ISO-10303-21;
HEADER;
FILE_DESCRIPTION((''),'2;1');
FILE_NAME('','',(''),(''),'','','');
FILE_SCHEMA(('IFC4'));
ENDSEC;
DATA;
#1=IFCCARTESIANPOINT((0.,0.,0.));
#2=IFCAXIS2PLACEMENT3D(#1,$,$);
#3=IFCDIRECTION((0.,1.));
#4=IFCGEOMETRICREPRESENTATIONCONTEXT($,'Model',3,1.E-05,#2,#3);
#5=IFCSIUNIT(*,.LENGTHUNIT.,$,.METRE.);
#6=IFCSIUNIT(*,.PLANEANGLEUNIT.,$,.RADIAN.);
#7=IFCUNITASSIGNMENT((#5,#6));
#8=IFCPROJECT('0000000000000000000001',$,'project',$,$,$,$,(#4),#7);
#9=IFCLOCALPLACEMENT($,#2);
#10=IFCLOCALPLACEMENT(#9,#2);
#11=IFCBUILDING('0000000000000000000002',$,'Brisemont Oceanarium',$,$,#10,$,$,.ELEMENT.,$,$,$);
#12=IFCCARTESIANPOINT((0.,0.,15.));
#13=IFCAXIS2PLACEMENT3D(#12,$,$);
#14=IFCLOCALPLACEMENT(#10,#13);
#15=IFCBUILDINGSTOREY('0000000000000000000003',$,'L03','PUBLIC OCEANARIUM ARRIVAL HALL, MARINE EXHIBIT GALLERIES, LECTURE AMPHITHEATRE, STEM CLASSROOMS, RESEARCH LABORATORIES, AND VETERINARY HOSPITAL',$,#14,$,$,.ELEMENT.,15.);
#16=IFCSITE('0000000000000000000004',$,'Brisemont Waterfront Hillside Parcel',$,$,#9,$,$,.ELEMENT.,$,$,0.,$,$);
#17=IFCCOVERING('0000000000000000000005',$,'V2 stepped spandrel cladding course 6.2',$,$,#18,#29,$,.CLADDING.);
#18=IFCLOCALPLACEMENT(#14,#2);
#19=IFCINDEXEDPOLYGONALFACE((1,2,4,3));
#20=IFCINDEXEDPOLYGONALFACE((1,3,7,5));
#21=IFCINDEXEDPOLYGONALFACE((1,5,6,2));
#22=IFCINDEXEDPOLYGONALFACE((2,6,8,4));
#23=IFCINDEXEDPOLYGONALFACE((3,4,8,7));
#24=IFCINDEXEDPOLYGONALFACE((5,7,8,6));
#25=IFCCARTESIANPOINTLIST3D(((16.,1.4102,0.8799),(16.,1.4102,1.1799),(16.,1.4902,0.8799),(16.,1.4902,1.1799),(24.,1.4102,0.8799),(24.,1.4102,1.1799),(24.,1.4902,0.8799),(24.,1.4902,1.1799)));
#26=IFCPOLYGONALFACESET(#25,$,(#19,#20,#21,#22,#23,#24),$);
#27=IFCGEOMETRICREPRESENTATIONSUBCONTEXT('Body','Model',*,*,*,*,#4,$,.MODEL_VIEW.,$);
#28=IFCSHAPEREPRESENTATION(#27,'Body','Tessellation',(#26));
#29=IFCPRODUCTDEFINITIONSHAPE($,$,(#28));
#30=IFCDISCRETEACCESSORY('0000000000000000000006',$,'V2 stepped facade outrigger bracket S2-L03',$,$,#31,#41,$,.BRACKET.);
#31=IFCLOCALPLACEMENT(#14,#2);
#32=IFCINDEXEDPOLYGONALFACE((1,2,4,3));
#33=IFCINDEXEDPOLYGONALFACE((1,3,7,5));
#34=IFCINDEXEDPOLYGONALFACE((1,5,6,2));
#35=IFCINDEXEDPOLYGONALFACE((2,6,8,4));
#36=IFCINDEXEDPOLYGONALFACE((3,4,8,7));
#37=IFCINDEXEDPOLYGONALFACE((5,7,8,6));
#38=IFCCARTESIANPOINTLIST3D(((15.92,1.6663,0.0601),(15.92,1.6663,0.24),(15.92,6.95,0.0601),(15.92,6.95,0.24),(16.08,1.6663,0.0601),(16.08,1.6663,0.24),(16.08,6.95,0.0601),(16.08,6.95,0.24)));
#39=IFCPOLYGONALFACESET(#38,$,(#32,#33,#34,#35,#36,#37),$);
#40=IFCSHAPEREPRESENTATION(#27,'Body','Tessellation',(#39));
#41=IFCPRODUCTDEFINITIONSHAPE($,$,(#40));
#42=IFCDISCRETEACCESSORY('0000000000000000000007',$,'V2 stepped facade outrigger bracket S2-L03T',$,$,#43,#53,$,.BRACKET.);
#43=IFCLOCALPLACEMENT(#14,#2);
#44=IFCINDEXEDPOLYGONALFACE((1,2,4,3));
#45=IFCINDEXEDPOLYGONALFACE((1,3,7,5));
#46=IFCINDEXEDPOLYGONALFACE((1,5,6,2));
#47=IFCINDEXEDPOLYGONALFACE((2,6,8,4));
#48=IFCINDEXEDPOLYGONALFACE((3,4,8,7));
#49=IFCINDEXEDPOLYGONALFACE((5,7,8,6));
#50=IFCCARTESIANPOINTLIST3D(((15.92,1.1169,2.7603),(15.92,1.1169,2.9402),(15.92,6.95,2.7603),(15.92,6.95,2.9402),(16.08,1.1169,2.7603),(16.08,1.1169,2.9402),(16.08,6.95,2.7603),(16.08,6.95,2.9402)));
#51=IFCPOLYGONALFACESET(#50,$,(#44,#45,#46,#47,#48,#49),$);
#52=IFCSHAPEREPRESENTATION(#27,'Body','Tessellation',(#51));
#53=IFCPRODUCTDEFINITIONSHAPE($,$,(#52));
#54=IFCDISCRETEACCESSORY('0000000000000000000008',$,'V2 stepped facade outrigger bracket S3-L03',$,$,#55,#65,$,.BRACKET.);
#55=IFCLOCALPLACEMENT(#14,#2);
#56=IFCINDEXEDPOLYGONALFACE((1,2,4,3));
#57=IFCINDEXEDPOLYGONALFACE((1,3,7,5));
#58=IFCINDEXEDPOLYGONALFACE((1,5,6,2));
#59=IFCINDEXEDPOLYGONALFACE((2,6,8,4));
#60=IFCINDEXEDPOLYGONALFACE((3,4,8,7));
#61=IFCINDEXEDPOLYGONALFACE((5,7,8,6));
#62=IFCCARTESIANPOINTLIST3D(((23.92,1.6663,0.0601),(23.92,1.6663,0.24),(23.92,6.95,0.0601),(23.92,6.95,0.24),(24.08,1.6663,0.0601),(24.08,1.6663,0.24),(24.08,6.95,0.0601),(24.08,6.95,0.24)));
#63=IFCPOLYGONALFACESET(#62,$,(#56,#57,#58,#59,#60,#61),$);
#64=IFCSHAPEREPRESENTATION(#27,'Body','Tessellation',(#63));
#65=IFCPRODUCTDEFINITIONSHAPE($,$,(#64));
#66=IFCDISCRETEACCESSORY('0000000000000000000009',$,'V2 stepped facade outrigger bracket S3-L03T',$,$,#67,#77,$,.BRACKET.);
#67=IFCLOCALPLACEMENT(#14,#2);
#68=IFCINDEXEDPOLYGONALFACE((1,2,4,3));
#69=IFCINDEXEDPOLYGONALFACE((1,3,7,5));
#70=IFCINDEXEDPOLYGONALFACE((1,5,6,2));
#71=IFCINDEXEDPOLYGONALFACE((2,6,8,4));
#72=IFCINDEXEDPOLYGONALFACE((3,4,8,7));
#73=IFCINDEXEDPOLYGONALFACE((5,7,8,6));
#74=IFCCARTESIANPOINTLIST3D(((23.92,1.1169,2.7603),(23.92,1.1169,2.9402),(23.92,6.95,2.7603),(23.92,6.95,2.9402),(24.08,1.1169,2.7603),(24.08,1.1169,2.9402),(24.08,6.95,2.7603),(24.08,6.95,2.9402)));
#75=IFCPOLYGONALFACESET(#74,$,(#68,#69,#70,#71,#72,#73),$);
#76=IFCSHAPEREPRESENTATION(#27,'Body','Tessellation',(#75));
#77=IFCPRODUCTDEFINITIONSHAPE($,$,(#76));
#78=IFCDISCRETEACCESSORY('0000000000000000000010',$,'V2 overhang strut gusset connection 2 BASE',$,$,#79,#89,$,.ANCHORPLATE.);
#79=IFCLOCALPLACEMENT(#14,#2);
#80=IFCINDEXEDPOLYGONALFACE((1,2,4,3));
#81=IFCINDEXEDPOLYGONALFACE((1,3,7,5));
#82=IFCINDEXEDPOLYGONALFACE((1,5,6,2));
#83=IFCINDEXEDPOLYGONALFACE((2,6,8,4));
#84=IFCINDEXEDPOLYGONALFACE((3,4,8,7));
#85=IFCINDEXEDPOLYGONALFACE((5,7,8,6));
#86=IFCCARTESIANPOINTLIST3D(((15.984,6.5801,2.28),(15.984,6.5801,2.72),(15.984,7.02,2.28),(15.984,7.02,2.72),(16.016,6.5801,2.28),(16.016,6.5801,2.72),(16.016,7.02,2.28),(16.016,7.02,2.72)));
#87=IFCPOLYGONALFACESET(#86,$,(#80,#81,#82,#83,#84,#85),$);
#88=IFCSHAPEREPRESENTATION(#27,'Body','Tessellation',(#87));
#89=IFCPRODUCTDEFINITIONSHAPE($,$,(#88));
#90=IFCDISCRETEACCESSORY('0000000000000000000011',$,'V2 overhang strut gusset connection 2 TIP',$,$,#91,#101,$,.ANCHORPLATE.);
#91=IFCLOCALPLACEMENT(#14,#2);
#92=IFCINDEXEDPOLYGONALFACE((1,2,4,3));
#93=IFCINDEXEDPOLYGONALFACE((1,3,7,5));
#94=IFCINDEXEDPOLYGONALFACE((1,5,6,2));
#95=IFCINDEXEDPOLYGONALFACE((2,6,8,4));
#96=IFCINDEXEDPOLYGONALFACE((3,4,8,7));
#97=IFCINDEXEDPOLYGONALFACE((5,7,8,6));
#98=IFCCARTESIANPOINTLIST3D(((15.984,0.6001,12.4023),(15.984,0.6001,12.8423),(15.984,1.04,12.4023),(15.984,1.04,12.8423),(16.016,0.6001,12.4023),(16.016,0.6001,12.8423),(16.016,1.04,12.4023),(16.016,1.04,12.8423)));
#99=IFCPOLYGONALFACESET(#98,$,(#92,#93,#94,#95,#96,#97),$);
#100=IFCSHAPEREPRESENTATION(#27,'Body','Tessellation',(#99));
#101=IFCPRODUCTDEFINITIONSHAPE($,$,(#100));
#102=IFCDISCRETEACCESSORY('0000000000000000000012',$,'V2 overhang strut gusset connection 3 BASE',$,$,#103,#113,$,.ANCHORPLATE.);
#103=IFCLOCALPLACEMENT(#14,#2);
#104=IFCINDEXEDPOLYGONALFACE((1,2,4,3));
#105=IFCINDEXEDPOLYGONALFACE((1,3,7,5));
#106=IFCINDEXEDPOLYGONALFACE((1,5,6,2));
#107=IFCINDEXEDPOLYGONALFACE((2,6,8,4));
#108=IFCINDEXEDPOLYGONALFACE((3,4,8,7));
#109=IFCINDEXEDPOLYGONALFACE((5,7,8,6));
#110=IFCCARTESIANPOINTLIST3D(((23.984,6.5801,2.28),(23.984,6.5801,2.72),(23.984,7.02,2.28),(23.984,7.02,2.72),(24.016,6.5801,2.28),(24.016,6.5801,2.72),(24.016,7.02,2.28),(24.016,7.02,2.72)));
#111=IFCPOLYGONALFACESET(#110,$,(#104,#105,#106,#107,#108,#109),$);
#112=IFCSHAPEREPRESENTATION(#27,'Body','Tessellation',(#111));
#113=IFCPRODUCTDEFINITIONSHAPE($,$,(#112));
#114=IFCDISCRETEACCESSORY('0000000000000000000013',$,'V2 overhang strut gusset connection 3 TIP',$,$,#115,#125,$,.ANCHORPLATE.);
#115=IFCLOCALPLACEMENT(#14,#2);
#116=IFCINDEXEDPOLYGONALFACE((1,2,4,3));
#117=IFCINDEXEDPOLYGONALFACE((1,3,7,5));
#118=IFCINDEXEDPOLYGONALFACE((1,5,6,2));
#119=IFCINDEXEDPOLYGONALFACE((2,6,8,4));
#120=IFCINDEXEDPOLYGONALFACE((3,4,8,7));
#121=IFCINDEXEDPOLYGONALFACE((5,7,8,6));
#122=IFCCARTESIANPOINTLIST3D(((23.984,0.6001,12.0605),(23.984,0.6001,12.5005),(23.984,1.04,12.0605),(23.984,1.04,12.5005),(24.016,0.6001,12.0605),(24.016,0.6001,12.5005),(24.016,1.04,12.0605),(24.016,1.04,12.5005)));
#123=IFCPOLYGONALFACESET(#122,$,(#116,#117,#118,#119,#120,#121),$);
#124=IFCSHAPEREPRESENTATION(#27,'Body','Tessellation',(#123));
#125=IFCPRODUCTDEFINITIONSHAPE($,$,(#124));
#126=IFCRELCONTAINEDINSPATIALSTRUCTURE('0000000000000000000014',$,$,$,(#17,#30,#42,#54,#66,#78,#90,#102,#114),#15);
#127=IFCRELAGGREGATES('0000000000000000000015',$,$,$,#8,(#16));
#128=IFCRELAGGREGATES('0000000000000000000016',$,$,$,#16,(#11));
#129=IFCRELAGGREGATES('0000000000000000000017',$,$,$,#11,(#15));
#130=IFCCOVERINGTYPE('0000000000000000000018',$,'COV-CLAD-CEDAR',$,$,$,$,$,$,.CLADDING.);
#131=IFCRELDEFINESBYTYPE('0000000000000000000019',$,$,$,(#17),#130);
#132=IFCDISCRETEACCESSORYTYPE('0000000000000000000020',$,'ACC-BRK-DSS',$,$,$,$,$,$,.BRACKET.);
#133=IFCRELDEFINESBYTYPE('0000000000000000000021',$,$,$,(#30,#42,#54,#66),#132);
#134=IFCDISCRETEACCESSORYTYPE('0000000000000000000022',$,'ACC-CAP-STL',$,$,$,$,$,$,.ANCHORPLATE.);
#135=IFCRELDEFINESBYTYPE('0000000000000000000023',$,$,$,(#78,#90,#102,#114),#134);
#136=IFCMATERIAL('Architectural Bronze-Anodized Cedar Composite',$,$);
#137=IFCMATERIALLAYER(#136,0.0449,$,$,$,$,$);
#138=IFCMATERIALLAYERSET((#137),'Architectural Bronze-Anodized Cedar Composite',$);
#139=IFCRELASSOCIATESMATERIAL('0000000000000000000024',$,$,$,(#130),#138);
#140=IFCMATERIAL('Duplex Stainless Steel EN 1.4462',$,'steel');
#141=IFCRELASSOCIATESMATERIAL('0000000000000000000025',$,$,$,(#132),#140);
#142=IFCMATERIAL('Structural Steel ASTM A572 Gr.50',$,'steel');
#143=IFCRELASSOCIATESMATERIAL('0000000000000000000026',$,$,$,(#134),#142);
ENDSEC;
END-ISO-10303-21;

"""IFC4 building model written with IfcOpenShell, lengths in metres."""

from ifc_helpers import new_model, si_unit, direction, frame, origin, origin_2d, place, context, subcontext, project, spatial, rectangle, extrude, material, layer, layer_set, type_object, element, save


model = new_model("IFC4")

# Units and contexts
model_context = context("Model", 3, precision=1e-05, world=origin(), true_north=direction((0.0, 1.0)))
body_context = subcontext(model_context, "Body", "Model", "MODEL_VIEW")
ifc_project = project(units=[si_unit("LENGTHUNIT", "METRE"), si_unit("PLANEANGLEUNIT", "RADIAN")], contexts=[model_context])

# Site, building, storey
site_placement = place(None, origin())
site = spatial("IfcSite", under=ifc_project, at=site_placement, Name="Brisemont Waterfront Hillside Parcel", CompositionType="ELEMENT", RefElevation=0.0)
building_placement = place(site_placement, origin())
building = spatial("IfcBuilding", under=site, at=building_placement, Name="Brisemont Oceanarium", CompositionType="ELEMENT")
storey_placement = place(building_placement, frame((0.0, 0.0, 15.0)))
storey = spatial("IfcBuildingStorey", under=building, at=storey_placement, Name="L03", Description="PUBLIC OCEANARIUM ARRIVAL HALL, MARINE EXHIBIT GALLERIES, LECTURE AMPHITHEATRE, STEM CLASSROOMS, RESEARCH LABORATORIES, AND VETERINARY HOSPITAL", CompositionType="ELEMENT", Elevation=15.0)

# Covering
ifc_material_1 = material(Name="Architectural Bronze-Anodized Cedar Composite")
ifc_layer_1 = layer(ifc_material_1, 0.0449)
ifc_layer_set_1 = layer_set([ifc_layer_1], Name="Architectural Bronze-Anodized Cedar Composite")
covering_type = type_object("IfcCoveringType", Name="COV-CLAD-CEDAR", PredefinedType="CLADDING", material=ifc_layer_set_1)
covering_1_placement = place(storey_placement, frame((20.0, 1.4502, 0.8799), z_axis=(0.0, 0.0, 1.0), x_axis=(1.0, 0.0, 0.0)))
element("IfcCovering", 1, at=covering_1_placement, inside=storey, type_object=covering_type, Name="V2 stepped spandrel cladding course 6.2", PredefinedType="CLADDING", context=body_context, shape_type="SweptSolid", body=[
    extrude(rectangle(XDim=8.0, YDim=0.0801, at=origin_2d()), origin(), (0.0, 0.0, 1.0), 0.3),
])

# Discrete accessories
ifc_material_2 = material(Name="Duplex Stainless Steel EN 1.4462", Category="steel")
discrete_accessory_type_1 = type_object("IfcDiscreteAccessoryType", Name="ACC-BRK-DSS", PredefinedType="BRACKET", material=ifc_material_2)
discrete_accessory_1_placement = place(storey_placement, frame((16.0, 4.3081, 0.0601), z_axis=(0.0, 0.0, 1.0), x_axis=(1.0, 0.0, 0.0)))
element("IfcDiscreteAccessory", 2, at=discrete_accessory_1_placement, inside=storey, type_object=discrete_accessory_type_1, Name="V2 stepped facade outrigger bracket S2-L03", PredefinedType="BRACKET", context=body_context, shape_type="SweptSolid", body=[
    extrude(rectangle(XDim=0.1599, YDim=5.2837, at=origin_2d()), origin(), (0.0, 0.0, 1.0), 0.1799),
])
discrete_accessory_2_placement = place(storey_placement, frame((16.0, 4.0334, 2.7603), z_axis=(0.0, 0.0, 1.0), x_axis=(1.0, 0.0, 0.0)))
element("IfcDiscreteAccessory", 3, at=discrete_accessory_2_placement, inside=storey, type_object=discrete_accessory_type_1, Name="V2 stepped facade outrigger bracket S2-L03T", PredefinedType="BRACKET", context=body_context, shape_type="SweptSolid", body=[
    extrude(rectangle(XDim=0.1599, YDim=5.833, at=origin_2d()), origin(), (0.0, 0.0, 1.0), 0.1799),
])
discrete_accessory_3_placement = place(storey_placement, frame((24.0, 4.3081, 0.0601), z_axis=(0.0, 0.0, 1.0), x_axis=(1.0, 0.0, 0.0)))
element("IfcDiscreteAccessory", 4, at=discrete_accessory_3_placement, inside=storey, type_object=discrete_accessory_type_1, Name="V2 stepped facade outrigger bracket S3-L03", PredefinedType="BRACKET", context=body_context, shape_type="SweptSolid", body=[
    extrude(rectangle(XDim=0.1599, YDim=5.2837, at=origin_2d()), origin(), (0.0, 0.0, 1.0), 0.1799),
])
discrete_accessory_4_placement = place(storey_placement, frame((24.0, 4.0334, 2.7603), z_axis=(0.0, 0.0, 1.0), x_axis=(1.0, 0.0, 0.0)))
element("IfcDiscreteAccessory", 5, at=discrete_accessory_4_placement, inside=storey, type_object=discrete_accessory_type_1, Name="V2 stepped facade outrigger bracket S3-L03T", PredefinedType="BRACKET", context=body_context, shape_type="SweptSolid", body=[
    extrude(rectangle(XDim=0.1599, YDim=5.833, at=origin_2d()), origin(), (0.0, 0.0, 1.0), 0.1799),
])
ifc_material_3 = material(Name="Structural Steel ASTM A572 Gr.50", Category="steel")
discrete_accessory_type_2 = type_object("IfcDiscreteAccessoryType", Name="ACC-CAP-STL", PredefinedType="ANCHORPLATE", material=ifc_material_3)
for number, where, z_axis, x_axis, name in (
    (6, (16.0, 6.8, 2.28), (0.0, 0.0, 1.0), (1.0, 0.0, 0.0), "V2 overhang strut gusset connection 2 BASE"),
    (7, (16.0, 0.8201, 12.4023), (0.0, 0.0, 1.0), (1.0, 0.0, 0.0), "V2 overhang strut gusset connection 2 TIP"),
    (8, (24.0, 6.8, 2.28), (0.0, 0.0, 1.0), (1.0, 0.0, 0.0), "V2 overhang strut gusset connection 3 BASE"),
    (9, (24.0, 0.8201, 12.0605), (0.0, 0.0, 1.0), (1.0, 0.0, 0.0), "V2 overhang strut gusset connection 3 TIP"),
):
    element("IfcDiscreteAccessory", number, at=place(storey_placement, frame(where, z_axis=z_axis, x_axis=x_axis)), inside=storey, type_object=discrete_accessory_type_2, Name=name, PredefinedType="ANCHORPLATE", context=body_context, shape_type="SweptSolid", body=[
        extrude(rectangle(XDim=0.032, YDim=0.4399, at=origin_2d()), origin(), (0.0, 0.0, 1.0), 0.4399),
    ])

save(model, "model.ifc")
